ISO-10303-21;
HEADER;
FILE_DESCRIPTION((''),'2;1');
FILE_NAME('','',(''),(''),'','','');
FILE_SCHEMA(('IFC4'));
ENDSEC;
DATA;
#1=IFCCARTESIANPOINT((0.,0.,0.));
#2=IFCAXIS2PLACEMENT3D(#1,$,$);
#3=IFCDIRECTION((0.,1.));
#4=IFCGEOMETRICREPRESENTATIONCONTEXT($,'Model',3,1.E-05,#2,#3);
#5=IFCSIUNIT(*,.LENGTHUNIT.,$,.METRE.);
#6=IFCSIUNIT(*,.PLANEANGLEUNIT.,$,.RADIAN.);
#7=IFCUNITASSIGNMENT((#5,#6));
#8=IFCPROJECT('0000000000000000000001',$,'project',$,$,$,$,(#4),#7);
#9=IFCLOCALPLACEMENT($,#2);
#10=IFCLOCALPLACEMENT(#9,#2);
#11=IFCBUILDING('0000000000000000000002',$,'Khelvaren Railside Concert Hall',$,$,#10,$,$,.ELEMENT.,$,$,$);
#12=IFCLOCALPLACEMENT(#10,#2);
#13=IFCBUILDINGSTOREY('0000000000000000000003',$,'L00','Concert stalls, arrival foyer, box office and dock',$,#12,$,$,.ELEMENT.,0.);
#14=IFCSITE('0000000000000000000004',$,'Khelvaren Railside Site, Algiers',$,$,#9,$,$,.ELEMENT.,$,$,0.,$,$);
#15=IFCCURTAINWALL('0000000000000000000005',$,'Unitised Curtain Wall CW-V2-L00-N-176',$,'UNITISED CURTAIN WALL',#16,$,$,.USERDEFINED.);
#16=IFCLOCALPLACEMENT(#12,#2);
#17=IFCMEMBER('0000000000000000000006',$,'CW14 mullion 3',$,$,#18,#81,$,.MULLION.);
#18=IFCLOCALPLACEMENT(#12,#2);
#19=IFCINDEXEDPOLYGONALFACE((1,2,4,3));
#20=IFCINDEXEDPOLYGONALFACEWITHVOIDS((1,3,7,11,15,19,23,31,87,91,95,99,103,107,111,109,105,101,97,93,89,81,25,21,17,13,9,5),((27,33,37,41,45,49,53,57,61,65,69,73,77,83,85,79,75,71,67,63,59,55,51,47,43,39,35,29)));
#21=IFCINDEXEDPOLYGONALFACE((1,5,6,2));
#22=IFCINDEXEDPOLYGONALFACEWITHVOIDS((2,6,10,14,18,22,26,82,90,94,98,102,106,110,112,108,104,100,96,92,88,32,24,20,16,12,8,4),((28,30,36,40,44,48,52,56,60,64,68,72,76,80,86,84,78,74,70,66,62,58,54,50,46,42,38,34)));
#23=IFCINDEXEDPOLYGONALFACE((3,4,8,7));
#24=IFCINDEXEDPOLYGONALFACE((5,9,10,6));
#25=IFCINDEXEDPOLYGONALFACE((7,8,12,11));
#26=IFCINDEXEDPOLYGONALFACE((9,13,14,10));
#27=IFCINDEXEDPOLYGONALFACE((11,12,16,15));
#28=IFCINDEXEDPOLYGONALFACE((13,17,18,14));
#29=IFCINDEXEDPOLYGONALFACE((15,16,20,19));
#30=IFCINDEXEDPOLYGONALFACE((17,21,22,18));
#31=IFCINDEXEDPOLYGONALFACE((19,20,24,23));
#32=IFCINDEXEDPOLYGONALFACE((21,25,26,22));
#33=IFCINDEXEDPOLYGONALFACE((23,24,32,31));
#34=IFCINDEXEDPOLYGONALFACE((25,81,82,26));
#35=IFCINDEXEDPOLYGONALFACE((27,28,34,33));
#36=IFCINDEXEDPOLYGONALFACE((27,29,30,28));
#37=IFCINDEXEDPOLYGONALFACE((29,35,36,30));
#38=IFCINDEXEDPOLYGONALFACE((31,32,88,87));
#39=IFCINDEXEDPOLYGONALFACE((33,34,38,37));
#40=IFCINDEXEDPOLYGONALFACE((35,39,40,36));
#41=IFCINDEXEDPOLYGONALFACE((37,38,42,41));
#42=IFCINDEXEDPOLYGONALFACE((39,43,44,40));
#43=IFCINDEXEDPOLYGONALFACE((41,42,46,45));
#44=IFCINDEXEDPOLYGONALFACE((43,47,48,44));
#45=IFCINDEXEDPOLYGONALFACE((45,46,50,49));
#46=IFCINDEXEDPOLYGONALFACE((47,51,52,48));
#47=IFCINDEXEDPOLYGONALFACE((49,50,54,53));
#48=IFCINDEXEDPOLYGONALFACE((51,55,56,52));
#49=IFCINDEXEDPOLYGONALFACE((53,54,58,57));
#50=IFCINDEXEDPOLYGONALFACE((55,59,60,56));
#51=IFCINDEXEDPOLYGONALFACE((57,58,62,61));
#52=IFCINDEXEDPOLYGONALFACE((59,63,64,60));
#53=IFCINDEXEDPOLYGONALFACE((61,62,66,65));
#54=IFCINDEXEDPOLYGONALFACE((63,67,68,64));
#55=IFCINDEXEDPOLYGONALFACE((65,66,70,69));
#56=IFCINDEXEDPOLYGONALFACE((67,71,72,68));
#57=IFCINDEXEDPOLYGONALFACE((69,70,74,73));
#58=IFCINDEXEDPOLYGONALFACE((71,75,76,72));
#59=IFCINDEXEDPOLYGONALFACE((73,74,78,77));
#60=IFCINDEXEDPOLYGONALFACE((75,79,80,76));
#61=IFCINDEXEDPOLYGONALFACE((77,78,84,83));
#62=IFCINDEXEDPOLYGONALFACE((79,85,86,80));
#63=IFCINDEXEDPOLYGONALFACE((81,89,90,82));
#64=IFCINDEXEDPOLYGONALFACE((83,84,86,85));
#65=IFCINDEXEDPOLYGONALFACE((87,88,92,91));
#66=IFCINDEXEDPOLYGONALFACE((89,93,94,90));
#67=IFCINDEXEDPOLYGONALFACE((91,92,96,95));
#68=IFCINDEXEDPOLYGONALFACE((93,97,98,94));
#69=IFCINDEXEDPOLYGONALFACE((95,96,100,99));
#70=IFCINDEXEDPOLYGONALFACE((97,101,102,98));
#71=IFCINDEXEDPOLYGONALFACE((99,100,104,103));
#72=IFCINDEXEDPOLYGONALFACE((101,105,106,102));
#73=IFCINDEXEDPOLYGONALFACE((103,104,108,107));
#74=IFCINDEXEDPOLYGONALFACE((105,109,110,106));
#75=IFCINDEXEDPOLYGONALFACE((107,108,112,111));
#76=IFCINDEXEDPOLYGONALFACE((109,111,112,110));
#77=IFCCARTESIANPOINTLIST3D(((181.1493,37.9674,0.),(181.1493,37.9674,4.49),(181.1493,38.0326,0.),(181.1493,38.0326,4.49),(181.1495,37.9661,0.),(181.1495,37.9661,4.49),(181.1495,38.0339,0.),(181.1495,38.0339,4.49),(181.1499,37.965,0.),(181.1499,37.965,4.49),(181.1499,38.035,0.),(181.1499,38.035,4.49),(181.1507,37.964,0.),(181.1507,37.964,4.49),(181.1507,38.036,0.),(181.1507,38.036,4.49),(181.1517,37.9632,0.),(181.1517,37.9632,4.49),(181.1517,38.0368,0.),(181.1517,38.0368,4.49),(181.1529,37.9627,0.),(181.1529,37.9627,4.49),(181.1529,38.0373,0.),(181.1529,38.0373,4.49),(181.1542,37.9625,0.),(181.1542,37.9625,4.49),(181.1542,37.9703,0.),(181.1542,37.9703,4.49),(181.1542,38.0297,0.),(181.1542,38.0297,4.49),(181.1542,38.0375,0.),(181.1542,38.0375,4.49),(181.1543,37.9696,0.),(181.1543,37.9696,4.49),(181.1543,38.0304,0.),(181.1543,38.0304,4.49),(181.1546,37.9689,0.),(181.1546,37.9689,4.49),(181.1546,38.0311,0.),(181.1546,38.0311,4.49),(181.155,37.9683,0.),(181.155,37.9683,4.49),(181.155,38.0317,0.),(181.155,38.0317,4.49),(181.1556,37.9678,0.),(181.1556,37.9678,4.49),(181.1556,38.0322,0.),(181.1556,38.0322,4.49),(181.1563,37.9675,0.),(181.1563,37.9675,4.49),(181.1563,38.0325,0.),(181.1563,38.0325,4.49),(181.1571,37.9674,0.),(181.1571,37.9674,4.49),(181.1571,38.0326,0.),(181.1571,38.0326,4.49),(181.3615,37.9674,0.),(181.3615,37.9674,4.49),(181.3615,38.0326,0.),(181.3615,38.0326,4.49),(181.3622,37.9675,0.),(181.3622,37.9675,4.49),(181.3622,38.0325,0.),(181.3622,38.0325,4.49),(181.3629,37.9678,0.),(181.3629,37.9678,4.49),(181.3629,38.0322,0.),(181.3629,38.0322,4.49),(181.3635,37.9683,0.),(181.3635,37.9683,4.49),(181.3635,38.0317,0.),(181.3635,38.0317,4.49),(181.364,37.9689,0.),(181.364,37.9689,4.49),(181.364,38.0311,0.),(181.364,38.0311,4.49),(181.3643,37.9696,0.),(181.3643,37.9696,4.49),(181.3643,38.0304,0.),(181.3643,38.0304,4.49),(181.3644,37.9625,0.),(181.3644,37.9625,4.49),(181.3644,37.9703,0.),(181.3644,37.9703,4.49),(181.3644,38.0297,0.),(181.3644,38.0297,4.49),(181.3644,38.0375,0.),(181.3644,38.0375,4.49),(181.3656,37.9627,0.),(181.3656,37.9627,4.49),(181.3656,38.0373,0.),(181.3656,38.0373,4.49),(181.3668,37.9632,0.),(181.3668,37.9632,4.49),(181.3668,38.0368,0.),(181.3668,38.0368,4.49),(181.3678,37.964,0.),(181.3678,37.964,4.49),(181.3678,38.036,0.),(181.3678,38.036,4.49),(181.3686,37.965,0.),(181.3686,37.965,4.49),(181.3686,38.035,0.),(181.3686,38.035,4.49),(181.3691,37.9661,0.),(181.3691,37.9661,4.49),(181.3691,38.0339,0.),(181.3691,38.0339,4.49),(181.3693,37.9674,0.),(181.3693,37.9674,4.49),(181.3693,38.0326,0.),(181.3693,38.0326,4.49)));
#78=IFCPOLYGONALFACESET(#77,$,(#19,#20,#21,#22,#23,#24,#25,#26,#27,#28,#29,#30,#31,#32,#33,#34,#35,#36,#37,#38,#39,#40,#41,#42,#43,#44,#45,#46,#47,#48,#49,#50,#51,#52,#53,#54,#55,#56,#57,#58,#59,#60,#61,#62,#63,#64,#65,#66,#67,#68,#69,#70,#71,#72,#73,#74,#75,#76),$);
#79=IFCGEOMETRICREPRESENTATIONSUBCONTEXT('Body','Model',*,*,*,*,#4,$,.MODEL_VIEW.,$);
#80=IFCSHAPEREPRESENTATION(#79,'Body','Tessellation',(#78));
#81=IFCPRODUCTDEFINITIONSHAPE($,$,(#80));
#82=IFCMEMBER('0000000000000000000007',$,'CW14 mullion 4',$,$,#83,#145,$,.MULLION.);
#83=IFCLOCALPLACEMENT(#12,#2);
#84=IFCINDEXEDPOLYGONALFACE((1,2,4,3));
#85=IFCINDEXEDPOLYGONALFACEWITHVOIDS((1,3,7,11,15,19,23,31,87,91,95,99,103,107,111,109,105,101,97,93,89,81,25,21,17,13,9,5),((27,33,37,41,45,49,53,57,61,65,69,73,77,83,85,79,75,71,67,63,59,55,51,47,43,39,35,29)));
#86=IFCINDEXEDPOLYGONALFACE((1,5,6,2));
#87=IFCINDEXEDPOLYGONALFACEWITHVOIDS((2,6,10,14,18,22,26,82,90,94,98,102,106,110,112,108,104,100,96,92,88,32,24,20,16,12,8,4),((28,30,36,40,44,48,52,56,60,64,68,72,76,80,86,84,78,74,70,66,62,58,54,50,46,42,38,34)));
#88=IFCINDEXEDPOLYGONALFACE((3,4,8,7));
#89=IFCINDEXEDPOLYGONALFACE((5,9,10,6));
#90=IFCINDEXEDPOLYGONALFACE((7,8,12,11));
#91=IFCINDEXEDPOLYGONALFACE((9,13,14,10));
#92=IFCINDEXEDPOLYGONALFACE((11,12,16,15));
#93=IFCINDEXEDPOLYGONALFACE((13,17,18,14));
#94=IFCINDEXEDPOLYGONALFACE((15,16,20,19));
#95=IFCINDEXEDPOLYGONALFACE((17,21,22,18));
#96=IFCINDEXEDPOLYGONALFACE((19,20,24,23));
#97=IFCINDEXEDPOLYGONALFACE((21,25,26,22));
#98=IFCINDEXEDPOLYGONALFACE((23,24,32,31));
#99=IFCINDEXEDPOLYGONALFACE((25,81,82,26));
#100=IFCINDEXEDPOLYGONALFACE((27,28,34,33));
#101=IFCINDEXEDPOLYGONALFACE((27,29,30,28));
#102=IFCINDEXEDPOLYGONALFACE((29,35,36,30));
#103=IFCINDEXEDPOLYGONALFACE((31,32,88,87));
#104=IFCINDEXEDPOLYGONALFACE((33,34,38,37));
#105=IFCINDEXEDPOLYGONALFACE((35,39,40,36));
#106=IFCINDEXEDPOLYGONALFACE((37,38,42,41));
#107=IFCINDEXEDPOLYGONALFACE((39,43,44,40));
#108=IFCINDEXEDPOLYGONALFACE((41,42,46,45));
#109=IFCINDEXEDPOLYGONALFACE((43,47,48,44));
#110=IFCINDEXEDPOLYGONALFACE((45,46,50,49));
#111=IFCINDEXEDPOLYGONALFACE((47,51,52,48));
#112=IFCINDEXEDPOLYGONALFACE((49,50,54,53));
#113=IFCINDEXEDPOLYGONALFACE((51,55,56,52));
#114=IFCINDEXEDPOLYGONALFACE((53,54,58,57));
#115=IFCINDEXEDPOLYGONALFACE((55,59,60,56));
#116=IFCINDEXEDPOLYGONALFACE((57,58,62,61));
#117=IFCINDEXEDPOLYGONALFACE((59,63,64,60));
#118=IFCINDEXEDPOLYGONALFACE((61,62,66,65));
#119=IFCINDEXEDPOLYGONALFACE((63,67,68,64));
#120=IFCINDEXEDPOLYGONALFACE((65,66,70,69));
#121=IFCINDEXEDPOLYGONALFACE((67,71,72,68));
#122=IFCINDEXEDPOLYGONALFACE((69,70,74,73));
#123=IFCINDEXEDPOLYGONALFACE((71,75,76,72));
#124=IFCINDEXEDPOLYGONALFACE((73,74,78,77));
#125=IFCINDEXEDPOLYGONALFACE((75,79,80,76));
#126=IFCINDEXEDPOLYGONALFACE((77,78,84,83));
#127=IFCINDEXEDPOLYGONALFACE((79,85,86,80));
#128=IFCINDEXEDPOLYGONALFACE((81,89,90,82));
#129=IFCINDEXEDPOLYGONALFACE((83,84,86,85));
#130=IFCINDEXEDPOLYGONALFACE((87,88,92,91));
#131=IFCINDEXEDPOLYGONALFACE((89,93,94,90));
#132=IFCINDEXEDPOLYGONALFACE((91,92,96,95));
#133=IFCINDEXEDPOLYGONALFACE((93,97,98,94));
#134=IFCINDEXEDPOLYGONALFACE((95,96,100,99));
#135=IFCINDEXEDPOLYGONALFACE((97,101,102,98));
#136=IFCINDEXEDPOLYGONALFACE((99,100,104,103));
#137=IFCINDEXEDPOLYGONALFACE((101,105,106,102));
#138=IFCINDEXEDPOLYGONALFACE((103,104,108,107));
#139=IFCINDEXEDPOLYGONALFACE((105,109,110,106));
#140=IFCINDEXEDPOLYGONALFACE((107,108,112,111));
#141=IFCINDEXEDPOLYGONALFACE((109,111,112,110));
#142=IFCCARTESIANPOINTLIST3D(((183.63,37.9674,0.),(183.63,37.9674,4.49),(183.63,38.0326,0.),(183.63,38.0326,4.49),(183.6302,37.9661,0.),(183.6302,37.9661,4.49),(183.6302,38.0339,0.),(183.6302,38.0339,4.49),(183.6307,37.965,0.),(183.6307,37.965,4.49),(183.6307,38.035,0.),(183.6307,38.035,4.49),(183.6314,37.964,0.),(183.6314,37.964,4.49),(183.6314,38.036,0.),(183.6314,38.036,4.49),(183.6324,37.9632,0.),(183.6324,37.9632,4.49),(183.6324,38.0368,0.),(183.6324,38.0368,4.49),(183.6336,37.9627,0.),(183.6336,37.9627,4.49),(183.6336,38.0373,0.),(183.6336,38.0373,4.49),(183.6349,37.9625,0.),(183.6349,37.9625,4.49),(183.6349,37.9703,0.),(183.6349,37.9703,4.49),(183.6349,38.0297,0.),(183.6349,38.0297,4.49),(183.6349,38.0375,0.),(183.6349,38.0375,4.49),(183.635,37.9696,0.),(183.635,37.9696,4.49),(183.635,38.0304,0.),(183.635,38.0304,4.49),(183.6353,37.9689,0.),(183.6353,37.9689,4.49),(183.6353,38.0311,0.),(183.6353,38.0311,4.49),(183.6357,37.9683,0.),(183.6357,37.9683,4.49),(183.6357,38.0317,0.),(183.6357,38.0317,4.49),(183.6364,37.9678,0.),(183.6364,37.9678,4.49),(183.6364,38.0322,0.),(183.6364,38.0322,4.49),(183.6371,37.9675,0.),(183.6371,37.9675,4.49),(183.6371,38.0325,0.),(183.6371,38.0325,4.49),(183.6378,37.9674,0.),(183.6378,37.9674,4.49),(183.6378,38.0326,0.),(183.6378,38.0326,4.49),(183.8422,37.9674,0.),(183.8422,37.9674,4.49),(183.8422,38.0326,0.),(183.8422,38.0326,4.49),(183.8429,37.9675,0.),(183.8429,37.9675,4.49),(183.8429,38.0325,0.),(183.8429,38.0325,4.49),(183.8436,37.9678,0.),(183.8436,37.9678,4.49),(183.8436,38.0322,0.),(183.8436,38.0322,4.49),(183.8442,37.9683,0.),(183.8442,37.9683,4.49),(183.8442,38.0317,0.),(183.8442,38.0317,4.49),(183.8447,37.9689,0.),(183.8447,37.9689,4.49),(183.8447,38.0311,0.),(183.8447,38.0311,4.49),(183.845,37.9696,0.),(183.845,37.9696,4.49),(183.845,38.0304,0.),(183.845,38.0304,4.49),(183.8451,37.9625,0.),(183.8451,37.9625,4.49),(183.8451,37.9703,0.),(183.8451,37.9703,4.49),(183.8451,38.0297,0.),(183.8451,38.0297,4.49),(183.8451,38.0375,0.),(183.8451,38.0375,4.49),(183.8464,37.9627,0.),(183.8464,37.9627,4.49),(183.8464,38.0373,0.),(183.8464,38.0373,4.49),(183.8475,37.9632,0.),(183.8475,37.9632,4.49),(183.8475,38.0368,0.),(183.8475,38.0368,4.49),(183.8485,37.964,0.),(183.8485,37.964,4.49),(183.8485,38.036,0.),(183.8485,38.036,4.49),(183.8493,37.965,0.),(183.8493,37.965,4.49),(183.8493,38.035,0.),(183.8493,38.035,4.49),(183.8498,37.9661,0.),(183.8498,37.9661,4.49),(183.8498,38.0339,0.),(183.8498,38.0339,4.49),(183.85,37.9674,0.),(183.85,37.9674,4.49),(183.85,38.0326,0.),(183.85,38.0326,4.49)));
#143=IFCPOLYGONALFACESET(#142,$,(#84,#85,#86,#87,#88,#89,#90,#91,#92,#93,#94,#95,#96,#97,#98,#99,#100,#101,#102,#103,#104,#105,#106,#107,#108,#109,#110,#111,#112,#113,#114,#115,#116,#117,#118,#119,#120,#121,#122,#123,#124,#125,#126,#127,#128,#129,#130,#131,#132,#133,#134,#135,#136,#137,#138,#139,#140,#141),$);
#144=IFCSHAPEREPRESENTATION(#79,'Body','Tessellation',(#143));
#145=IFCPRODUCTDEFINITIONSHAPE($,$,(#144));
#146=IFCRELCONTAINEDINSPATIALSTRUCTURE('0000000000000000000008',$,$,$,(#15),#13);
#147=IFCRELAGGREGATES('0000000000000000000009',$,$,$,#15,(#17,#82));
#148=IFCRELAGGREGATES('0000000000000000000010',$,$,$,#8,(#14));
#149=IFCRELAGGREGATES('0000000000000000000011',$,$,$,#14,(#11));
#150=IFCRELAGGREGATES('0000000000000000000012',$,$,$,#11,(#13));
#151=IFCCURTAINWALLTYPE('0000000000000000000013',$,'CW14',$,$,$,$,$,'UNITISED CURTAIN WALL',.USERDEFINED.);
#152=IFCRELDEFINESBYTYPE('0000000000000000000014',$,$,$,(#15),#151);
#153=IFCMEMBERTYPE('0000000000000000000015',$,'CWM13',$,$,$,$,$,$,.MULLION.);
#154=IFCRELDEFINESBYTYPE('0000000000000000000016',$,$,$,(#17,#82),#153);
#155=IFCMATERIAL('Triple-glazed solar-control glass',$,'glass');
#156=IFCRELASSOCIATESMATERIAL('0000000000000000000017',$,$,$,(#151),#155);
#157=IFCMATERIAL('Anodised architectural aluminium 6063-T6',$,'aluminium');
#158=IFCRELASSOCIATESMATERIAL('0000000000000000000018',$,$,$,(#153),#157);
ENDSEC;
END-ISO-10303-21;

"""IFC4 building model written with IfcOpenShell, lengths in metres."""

from ifc_helpers import new_model, si_unit, direction, frame, origin, origin_2d, place, context, subcontext, project, spatial, hollow_rectangle, extrude, material, material_profile, profile_set, type_object, element, aggregate, save


model = new_model("IFC4")

# Units and contexts
model_context = context("Model", 3, precision=1e-05, world=origin(), true_north=direction((0.0, 1.0)))
body_context = subcontext(model_context, "Body", "Model", "MODEL_VIEW")
ifc_project = project(units=[si_unit("LENGTHUNIT", "METRE"), si_unit("PLANEANGLEUNIT", "RADIAN")], contexts=[model_context])

# Site, building, storey
site_placement = place(None, origin())
site = spatial("IfcSite", under=ifc_project, at=site_placement, Name="Khelvaren Railside Site, Algiers", CompositionType="ELEMENT", RefElevation=0.0)
building_placement = place(site_placement, origin())
building = spatial("IfcBuilding", under=site, at=building_placement, Name="Khelvaren Railside Concert Hall", CompositionType="ELEMENT")
storey_placement = place(building_placement, origin())
storey = spatial("IfcBuildingStorey", under=building, at=storey_placement, Name="L00", Description="Concert stalls, arrival foyer, box office and dock", CompositionType="ELEMENT", Elevation=0.0)

# Curtain wall, members
ifc_material_1 = material(Name="Triple-glazed solar-control glass", Category="glass")
curtain_wall_type = type_object("IfcCurtainWallType", Name="CW14", ElementType="UNITISED CURTAIN WALL", PredefinedType="USERDEFINED", material=ifc_material_1)
curtain_wall_placement = place(storey_placement, origin())
curtain_wall = element("IfcCurtainWall", 1, at=curtain_wall_placement, inside=storey, type_object=curtain_wall_type, Name="Unitised Curtain Wall CW-V2-L00-N-176", ObjectType="UNITISED CURTAIN WALL", PredefinedType="USERDEFINED")
ifc_material_2 = material(Name="Anodised architectural aluminium 6063-T6", Category="aluminium")
ifc_material_profile_1 = material_profile(ifc_material_2, hollow_rectangle(XDim=0.075, YDim=0.22, WallThickness=0.0049, InnerFilletRadius=0.0029, OuterFilletRadius=0.0049, at=origin_2d()), Name="CWM 75x220x5")
ifc_profile_set_1 = profile_set([ifc_material_profile_1], Name="Anodised architectural aluminium 6063-T6")
member_type_1 = type_object("IfcMemberType", Name="CWM13", PredefinedType="MULLION", material=ifc_profile_set_1)
member_1_placement = place(storey_placement, frame((181.2593, 38.0, 0.0), z_axis=(0.0, 0.0, 1.0), x_axis=(0.0, 1.0, 0.0)))
member_1 = element("IfcMember", 2, at=member_1_placement, type_object=member_type_1, Name="CW14 mullion 3", PredefinedType="MULLION", context=body_context, shape_type="SweptSolid", body=[
    extrude(hollow_rectangle(XDim=0.075, YDim=0.22, WallThickness=0.0049, InnerFilletRadius=0.0029, OuterFilletRadius=0.0049, at=origin_2d()), origin(), (0.0, 0.0, 1.0), 4.49),
])
member_2_placement = place(storey_placement, frame((183.74, 38.0, 0.0), z_axis=(0.0, 0.0, 1.0), x_axis=(0.0, 1.0, 0.0)))
member_2 = element("IfcMember", 3, at=member_2_placement, type_object=member_type_1, Name="CW14 mullion 4", PredefinedType="MULLION", context=body_context, shape_type="SweptSolid", body=[
    extrude(hollow_rectangle(XDim=0.075, YDim=0.22, WallThickness=0.0049, InnerFilletRadius=0.0029, OuterFilletRadius=0.0049, at=origin_2d()), origin(), (0.0, 0.0, 1.0), 4.49),
])

aggregate(curtain_wall, [member_1, member_2])

save(model, "model.ifc")
